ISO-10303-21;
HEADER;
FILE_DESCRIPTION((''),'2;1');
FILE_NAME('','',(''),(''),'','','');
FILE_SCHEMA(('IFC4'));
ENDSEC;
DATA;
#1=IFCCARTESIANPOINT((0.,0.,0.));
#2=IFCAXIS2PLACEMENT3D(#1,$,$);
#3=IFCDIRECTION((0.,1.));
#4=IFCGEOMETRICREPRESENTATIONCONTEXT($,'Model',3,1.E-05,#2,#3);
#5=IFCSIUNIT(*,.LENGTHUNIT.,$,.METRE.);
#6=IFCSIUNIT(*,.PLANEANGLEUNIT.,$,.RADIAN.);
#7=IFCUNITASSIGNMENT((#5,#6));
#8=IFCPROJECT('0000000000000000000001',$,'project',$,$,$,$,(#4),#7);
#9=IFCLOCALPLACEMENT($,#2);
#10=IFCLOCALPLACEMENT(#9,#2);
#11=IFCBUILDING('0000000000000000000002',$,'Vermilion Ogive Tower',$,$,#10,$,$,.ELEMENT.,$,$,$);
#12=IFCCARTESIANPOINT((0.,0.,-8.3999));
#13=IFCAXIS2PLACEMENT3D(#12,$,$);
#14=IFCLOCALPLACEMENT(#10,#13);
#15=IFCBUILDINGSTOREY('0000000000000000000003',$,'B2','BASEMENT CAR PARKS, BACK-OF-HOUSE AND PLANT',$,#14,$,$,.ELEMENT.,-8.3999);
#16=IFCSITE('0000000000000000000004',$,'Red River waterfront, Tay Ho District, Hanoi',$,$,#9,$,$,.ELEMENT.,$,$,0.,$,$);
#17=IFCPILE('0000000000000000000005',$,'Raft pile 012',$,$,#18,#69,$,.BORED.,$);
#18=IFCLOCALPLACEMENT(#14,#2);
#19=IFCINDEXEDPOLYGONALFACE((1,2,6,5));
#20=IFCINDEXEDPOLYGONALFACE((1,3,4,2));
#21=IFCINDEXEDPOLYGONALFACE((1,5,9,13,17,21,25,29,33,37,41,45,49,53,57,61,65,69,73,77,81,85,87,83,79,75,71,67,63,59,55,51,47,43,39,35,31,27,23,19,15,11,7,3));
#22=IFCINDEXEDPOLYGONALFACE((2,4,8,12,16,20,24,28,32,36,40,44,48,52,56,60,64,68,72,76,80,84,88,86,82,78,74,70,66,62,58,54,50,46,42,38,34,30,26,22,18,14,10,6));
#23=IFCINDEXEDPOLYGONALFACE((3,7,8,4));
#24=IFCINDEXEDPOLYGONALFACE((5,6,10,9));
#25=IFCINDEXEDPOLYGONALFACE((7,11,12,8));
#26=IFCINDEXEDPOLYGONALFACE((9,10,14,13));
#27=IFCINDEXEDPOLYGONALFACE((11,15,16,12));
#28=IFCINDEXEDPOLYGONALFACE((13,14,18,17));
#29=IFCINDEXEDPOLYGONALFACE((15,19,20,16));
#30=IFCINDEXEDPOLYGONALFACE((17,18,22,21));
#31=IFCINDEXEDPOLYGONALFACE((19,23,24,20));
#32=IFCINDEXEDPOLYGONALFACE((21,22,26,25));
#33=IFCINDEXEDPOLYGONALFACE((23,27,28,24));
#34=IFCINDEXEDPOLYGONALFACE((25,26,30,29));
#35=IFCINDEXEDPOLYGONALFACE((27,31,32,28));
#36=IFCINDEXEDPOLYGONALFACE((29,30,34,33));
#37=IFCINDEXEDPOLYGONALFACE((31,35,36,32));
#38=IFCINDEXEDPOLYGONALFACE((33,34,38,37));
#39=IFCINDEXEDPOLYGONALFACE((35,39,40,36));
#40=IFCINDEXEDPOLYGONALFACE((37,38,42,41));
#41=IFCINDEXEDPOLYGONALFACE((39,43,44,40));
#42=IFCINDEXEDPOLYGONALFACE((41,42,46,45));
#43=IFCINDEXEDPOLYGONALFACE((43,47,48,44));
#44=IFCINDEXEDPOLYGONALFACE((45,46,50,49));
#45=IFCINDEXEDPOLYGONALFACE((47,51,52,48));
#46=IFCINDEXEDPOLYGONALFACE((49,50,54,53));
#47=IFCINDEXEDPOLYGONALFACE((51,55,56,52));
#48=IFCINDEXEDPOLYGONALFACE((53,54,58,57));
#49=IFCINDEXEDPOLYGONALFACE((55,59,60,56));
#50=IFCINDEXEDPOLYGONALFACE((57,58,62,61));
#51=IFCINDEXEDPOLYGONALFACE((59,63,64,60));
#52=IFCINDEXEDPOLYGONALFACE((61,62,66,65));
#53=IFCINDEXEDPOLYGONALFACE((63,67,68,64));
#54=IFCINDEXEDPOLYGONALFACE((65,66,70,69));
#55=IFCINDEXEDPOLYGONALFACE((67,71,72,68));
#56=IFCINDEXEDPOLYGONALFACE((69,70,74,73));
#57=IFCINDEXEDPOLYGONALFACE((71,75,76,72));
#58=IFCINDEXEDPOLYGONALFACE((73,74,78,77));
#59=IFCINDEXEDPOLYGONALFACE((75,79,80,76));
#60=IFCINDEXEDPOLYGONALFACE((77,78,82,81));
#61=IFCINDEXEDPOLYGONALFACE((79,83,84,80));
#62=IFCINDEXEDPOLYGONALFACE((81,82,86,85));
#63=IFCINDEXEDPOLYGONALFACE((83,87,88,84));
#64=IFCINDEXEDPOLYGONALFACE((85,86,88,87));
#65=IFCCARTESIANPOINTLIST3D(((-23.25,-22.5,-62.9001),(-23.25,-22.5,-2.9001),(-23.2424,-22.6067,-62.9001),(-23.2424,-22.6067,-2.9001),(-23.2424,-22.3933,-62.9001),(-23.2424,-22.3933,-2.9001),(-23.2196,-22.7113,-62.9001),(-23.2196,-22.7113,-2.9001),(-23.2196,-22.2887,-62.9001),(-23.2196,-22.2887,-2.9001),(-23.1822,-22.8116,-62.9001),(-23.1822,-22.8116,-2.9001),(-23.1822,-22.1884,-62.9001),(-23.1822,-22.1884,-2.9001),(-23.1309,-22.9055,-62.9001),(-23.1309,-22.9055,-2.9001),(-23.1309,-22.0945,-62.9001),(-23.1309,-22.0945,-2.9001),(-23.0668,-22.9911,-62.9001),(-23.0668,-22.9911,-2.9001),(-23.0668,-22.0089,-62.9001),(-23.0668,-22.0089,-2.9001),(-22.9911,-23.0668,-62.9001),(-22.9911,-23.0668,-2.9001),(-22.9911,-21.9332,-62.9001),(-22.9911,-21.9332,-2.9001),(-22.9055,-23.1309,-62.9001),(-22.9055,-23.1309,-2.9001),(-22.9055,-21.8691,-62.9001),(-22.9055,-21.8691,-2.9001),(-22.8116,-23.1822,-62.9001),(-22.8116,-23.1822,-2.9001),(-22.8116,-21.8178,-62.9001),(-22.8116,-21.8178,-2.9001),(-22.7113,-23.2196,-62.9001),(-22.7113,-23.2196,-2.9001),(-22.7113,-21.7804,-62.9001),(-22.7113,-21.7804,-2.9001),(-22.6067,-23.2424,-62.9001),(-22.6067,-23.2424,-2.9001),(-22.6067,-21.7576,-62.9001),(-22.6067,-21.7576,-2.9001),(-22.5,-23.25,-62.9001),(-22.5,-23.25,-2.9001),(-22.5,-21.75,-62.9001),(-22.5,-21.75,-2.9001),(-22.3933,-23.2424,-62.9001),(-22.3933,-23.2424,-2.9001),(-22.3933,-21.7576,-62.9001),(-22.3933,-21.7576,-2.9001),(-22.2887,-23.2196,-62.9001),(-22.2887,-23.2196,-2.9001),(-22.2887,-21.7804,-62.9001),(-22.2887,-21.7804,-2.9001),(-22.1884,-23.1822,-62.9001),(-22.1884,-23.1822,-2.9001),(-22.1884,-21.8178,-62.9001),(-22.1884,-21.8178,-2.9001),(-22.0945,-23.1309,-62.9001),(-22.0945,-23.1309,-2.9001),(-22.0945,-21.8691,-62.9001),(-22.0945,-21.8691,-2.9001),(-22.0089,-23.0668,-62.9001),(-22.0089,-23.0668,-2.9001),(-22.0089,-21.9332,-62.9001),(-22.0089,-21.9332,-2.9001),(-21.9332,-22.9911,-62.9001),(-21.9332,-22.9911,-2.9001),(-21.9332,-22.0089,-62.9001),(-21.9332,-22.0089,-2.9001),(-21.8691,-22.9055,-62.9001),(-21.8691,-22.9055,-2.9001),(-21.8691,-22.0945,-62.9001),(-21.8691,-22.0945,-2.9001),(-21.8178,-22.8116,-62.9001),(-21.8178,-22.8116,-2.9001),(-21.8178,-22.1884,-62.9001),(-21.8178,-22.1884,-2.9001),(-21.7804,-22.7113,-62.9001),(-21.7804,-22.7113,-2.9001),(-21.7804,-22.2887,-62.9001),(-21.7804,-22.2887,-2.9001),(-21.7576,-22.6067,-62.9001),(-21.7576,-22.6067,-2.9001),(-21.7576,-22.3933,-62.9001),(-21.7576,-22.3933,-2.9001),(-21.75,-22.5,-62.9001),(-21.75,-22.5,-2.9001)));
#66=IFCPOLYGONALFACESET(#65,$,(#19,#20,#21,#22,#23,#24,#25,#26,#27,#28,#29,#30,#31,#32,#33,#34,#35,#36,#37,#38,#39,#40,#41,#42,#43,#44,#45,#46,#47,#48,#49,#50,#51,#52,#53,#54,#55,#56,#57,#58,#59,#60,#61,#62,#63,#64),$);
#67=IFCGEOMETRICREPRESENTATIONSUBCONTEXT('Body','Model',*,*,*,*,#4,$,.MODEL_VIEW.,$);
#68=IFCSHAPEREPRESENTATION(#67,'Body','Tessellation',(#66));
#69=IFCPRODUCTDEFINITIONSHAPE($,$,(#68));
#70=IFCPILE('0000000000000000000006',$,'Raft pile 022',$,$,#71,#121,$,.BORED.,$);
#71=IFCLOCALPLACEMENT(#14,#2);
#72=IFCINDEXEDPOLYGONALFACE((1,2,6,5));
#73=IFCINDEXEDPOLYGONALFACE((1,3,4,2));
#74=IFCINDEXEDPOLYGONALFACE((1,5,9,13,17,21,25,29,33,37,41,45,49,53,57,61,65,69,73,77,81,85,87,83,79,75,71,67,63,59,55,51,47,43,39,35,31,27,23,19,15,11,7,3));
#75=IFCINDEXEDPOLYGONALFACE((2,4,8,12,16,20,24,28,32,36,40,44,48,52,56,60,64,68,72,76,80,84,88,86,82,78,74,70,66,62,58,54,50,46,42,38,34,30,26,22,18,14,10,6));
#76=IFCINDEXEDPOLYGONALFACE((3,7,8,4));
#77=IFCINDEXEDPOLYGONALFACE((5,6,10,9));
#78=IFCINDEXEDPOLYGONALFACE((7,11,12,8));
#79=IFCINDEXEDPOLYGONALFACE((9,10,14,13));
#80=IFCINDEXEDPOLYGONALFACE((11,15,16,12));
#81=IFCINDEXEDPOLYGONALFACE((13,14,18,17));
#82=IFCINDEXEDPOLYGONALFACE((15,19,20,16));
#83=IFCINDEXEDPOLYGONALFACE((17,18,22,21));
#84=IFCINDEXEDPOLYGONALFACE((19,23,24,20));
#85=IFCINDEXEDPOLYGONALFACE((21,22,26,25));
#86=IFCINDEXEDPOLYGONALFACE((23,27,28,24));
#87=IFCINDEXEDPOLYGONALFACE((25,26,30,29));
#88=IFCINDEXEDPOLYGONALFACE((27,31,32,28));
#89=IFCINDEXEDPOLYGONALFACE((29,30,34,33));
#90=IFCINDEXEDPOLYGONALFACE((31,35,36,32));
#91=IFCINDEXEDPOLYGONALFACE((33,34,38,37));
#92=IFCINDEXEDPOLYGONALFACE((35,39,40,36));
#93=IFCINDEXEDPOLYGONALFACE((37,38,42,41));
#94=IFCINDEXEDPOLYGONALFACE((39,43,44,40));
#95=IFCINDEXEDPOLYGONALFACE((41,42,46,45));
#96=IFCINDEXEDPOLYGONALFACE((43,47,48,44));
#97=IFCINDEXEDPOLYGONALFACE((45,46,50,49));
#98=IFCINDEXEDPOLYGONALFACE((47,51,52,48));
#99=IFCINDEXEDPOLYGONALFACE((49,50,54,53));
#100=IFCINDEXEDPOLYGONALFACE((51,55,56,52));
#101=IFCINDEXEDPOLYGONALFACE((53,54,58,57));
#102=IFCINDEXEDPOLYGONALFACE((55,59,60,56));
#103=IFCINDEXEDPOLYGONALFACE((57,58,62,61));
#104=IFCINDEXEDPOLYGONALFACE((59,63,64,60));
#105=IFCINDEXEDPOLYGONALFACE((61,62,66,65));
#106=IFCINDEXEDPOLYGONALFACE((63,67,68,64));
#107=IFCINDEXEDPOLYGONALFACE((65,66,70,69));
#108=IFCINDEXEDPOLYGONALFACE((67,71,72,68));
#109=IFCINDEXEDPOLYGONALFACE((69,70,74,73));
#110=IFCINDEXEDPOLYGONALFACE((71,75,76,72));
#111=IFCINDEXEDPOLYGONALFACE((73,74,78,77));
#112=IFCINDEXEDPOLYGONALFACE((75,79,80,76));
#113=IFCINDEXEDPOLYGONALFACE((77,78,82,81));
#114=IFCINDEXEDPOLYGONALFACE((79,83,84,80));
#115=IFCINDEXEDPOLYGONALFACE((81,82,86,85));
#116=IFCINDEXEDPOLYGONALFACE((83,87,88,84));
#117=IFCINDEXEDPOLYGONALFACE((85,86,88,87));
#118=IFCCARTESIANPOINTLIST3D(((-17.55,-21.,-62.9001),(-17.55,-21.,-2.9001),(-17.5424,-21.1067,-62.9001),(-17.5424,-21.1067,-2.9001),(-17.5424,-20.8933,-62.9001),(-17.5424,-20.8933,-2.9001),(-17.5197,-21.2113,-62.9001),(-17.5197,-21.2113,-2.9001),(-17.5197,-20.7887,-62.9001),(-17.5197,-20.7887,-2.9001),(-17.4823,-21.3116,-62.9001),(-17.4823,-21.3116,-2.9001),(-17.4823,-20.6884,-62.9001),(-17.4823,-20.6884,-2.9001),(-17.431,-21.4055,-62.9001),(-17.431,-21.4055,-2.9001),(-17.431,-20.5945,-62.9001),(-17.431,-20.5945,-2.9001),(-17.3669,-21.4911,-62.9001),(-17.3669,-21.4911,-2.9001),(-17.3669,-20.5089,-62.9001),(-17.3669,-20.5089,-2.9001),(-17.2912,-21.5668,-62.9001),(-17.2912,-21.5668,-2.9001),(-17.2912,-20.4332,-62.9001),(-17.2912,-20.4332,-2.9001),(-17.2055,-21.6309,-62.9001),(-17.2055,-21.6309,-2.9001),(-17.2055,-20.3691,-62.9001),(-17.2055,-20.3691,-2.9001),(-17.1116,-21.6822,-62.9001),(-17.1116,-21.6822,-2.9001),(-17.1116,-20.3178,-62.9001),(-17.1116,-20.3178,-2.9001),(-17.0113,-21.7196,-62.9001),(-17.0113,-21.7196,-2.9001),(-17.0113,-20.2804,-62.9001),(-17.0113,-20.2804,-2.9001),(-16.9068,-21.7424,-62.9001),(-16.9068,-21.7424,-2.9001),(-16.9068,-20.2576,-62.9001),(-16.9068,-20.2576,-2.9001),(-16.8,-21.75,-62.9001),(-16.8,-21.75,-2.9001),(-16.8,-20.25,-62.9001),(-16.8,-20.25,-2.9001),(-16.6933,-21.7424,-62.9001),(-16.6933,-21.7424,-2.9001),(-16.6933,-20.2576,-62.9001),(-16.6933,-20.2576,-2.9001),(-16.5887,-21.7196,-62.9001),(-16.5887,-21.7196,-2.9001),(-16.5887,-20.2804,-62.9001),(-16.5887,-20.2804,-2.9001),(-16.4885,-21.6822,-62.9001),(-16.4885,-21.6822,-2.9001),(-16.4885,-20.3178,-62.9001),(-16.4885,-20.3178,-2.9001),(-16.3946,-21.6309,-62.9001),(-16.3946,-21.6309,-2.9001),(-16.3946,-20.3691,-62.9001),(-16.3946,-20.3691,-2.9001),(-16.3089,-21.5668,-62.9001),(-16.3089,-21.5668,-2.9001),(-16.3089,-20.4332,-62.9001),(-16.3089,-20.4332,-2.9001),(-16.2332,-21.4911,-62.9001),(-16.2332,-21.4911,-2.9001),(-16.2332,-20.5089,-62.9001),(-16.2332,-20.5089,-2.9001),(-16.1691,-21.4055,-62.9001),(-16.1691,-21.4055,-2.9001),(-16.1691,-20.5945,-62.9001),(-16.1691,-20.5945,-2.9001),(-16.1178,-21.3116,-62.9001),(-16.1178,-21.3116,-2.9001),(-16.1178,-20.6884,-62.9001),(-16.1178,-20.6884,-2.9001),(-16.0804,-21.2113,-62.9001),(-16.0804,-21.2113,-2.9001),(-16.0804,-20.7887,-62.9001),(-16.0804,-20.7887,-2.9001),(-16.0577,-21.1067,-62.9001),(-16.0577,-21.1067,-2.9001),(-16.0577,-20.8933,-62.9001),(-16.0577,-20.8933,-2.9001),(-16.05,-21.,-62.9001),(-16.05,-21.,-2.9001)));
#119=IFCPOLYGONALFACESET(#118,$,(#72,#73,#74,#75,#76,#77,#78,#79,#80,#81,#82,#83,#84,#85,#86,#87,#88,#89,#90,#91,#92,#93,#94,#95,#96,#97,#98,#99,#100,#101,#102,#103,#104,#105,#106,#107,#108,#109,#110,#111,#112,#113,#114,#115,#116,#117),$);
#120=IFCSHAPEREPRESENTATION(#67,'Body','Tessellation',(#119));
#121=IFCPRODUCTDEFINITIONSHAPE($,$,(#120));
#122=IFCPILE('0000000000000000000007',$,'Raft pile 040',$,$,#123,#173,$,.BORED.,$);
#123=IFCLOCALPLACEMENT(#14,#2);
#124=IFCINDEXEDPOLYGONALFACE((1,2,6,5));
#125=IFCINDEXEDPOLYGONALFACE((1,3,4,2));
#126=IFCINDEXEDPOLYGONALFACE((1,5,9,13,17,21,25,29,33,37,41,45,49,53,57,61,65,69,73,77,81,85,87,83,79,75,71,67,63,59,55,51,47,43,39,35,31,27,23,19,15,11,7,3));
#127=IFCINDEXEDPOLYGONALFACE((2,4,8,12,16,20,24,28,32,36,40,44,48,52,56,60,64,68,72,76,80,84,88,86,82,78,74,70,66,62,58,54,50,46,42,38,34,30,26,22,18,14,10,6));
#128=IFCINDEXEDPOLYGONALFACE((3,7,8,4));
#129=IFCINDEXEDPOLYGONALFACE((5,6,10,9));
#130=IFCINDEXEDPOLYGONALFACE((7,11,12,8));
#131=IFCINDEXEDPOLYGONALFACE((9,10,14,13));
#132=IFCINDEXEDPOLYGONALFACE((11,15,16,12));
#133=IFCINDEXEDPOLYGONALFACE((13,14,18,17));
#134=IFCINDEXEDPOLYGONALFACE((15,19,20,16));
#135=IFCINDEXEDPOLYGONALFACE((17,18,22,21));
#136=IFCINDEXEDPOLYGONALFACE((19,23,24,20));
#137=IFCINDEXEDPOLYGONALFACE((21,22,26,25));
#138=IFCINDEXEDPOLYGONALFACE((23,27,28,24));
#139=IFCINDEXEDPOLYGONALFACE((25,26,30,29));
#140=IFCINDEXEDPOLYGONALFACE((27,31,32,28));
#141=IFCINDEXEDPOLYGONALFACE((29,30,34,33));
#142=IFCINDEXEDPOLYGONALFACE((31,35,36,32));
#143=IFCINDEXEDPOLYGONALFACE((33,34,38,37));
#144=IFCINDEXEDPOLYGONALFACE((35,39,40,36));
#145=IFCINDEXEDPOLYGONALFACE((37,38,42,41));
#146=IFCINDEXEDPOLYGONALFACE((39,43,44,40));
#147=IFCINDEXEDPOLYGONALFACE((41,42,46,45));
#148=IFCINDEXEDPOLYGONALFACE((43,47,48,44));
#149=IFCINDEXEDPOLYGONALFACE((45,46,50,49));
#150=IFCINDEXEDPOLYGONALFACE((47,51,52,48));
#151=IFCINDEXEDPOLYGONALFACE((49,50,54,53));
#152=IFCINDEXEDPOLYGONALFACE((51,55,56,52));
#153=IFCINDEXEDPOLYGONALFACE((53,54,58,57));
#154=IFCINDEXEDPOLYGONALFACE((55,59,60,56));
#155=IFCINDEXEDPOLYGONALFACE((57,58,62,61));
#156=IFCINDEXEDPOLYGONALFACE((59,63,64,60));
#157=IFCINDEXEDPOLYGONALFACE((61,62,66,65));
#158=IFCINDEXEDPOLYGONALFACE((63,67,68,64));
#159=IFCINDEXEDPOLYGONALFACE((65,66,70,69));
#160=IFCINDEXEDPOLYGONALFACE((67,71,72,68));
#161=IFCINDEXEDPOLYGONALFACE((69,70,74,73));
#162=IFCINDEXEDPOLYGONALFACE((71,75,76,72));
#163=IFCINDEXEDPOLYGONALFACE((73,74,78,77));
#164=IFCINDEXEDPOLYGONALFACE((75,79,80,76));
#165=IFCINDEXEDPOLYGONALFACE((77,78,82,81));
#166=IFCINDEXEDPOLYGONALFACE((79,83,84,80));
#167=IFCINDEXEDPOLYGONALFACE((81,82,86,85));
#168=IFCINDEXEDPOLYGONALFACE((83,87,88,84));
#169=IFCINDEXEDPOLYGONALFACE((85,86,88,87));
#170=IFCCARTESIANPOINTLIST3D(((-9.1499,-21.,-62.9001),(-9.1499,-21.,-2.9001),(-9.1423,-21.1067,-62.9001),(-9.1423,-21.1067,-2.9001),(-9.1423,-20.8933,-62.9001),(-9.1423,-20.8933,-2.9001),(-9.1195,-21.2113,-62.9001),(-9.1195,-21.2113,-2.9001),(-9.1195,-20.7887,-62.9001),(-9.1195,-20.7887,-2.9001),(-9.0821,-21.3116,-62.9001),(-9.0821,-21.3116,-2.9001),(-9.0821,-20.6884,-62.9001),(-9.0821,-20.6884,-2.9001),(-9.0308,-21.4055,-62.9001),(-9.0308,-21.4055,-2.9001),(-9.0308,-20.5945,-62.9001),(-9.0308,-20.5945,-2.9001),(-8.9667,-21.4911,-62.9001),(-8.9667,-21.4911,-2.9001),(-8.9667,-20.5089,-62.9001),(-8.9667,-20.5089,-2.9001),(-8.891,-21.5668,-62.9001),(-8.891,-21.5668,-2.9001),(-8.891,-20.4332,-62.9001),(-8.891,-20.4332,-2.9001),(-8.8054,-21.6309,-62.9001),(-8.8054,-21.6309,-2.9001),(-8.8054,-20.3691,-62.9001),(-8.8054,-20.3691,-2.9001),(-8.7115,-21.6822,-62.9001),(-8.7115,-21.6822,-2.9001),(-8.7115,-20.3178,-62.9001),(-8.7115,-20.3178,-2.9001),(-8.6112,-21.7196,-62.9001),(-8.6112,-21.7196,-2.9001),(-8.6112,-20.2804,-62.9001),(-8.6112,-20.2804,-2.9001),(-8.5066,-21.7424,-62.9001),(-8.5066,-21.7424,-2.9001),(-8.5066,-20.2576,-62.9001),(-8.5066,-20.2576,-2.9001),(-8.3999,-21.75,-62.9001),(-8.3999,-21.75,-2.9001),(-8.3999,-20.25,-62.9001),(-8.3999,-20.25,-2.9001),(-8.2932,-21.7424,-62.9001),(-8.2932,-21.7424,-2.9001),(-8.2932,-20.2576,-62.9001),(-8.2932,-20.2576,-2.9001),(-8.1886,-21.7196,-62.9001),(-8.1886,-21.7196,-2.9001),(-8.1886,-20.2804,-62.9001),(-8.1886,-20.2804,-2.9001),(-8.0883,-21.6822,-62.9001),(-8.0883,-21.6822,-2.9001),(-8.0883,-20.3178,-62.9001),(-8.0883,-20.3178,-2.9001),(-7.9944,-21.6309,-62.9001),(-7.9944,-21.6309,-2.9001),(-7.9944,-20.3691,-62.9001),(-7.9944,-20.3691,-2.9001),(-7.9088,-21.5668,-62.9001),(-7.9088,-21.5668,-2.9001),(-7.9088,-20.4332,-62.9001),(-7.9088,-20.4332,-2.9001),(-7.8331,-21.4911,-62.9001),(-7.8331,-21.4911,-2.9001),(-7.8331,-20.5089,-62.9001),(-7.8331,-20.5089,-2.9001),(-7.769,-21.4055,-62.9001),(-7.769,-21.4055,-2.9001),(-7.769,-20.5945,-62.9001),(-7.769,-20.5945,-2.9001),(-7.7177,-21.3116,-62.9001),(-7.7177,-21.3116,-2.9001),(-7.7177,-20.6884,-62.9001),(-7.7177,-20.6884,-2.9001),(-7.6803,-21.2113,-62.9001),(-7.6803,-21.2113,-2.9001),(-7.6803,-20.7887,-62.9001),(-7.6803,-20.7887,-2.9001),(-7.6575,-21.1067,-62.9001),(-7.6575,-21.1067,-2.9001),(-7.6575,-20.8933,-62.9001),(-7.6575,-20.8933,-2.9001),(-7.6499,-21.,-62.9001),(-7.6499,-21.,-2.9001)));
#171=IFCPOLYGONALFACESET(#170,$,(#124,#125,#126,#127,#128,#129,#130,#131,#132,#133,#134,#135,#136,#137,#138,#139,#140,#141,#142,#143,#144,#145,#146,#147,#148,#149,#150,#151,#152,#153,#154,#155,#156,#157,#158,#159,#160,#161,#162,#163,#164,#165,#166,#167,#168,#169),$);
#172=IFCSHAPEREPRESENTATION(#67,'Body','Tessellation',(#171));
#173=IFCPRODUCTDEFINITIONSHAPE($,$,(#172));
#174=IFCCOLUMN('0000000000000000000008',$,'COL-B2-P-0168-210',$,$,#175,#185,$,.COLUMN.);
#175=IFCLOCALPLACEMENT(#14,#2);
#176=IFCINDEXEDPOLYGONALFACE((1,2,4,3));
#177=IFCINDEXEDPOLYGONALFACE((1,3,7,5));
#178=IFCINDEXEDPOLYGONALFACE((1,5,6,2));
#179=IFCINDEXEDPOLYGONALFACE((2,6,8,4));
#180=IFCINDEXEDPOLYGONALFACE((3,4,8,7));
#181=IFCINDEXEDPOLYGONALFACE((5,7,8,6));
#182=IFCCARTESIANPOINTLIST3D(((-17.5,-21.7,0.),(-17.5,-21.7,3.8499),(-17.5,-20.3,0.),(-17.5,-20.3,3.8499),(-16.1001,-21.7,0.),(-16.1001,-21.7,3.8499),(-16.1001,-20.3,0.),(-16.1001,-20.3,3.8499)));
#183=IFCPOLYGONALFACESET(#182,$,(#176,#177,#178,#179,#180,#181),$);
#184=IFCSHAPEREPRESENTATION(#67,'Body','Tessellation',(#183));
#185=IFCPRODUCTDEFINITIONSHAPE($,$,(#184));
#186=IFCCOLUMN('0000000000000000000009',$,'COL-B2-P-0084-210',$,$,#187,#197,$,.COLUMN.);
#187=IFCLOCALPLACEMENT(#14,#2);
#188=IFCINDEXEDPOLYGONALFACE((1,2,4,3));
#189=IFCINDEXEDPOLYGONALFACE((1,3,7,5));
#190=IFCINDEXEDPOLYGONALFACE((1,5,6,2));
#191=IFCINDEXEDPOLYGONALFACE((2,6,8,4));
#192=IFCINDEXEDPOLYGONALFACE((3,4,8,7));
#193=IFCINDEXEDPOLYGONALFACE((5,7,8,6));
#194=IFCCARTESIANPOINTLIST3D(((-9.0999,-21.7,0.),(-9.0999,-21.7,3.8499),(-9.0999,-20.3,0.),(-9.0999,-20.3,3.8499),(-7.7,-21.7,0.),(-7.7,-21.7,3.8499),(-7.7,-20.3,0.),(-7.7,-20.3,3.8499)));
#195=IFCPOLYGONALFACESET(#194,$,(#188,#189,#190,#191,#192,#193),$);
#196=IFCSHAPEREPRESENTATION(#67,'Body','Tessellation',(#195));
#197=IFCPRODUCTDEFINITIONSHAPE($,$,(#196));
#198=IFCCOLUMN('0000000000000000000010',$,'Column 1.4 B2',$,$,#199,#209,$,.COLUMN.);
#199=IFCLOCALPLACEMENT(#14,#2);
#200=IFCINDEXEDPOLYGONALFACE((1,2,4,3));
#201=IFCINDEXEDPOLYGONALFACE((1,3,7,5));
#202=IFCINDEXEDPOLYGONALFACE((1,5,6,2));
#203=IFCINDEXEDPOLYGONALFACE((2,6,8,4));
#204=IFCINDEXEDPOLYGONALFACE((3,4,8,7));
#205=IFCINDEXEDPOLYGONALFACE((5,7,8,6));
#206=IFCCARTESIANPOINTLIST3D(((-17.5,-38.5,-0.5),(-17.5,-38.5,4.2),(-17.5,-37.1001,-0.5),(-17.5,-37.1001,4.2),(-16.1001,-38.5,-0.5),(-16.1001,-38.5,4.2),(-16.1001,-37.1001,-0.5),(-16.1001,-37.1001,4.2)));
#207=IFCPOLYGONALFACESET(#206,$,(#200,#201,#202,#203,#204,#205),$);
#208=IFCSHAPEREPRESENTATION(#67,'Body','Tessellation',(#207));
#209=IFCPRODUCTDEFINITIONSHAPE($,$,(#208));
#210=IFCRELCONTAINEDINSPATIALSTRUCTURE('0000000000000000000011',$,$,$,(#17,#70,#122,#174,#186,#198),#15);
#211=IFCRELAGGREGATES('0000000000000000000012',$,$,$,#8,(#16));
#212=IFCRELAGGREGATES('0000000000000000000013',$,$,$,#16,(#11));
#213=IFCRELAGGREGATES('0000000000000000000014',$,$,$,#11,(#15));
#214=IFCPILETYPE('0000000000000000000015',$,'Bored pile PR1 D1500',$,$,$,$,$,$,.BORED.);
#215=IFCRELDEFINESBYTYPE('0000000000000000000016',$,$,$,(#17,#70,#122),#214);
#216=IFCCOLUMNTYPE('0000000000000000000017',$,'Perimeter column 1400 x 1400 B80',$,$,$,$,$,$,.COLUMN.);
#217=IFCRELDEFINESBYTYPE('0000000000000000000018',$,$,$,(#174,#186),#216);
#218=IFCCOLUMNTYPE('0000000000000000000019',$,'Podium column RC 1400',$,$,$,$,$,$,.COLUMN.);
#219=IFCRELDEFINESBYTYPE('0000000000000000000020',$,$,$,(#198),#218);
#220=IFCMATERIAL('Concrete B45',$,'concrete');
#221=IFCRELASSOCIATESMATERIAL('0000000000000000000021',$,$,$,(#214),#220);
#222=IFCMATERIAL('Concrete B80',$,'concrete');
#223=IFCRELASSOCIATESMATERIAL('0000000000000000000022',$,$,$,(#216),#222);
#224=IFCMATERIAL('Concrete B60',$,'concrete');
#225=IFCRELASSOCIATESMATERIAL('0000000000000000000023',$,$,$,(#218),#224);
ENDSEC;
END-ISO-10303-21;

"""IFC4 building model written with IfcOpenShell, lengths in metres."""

from ifc_helpers import new_model, si_unit, direction, frame, origin, origin_2d, place, context, subcontext, project, spatial, rectangle, circle, extrude, material, material_profile, profile_set, type_object, element, save


model = new_model("IFC4")

# Units and contexts
model_context = context("Model", 3, precision=1e-05, world=origin(), true_north=direction((0.0, 1.0)))
body_context = subcontext(model_context, "Body", "Model", "MODEL_VIEW")
ifc_project = project(units=[si_unit("LENGTHUNIT", "METRE"), si_unit("PLANEANGLEUNIT", "RADIAN")], contexts=[model_context])

# Site, building, storey
site_placement = place(None, origin())
site = spatial("IfcSite", under=ifc_project, at=site_placement, Name="Red River waterfront, Tay Ho District, Hanoi", CompositionType="ELEMENT", RefElevation=0.0)
building_placement = place(site_placement, origin())
building = spatial("IfcBuilding", under=site, at=building_placement, Name="Vermilion Ogive Tower", CompositionType="ELEMENT")
storey_placement = place(building_placement, frame((0.0, 0.0, -8.3999)))
storey = spatial("IfcBuildingStorey", under=building, at=storey_placement, Name="B2", Description="BASEMENT CAR PARKS, BACK-OF-HOUSE AND PLANT", CompositionType="ELEMENT", Elevation=-8.3999)

# Piles
ifc_material_1 = material(Name="Concrete B45", Category="concrete")
pile_type_1 = type_object("IfcPileType", Name="Bored pile PR1 D1500", PredefinedType="BORED", material=ifc_material_1)
for number, where, z_axis, x_axis, name in (
    (1, (-22.5, -22.5, -2.9001), (0.0, 0.0, -1.0), (1.0, 0.0, 0.0), "Raft pile 012"),
    (2, (-16.8, -21.0, -2.9001), (0.0, 0.0, -1.0), (1.0, 0.0, 0.0), "Raft pile 022"),
    (3, (-8.3999, -21.0, -2.9001), (0.0, 0.0, -1.0), (1.0, 0.0, 0.0), "Raft pile 040"),
):
    element("IfcPile", number, at=place(storey_placement, frame(where, z_axis=z_axis, x_axis=x_axis)), inside=storey, type_object=pile_type_1, Name=name, PredefinedType="BORED", context=body_context, shape_type="SweptSolid", body=[
        extrude(circle(Radius=0.75, at=origin_2d()), origin(), (0.0, 0.0, 1.0), 60.0),
    ])

# Columns
ifc_material_2 = material(Name="Concrete B80", Category="concrete")
ifc_material_profile_1 = material_profile(ifc_material_2, rectangle(XDim=1.3999, YDim=1.3999, at=origin_2d()), Name="1400 x 1400")
ifc_profile_set_1 = profile_set([ifc_material_profile_1], Name="Concrete B80")
column_type_1 = type_object("IfcColumnType", Name="Perimeter column 1400 x 1400 B80", PredefinedType="COLUMN", material=ifc_profile_set_1)
for number, where, z_axis, x_axis, name in (
    (4, (-16.8, -21.0, 0.0), (0.0, 0.0, 1.0), (1.0, 0.0, 0.0), "COL-B2-P-0168-210"),
    (5, (-8.3999, -21.0, 0.0), (0.0, 0.0, 1.0), (1.0, 0.0, 0.0), "COL-B2-P-0084-210"),
):
    element("IfcColumn", number, at=place(storey_placement, frame(where, z_axis=z_axis, x_axis=x_axis)), inside=storey, type_object=column_type_1, Name=name, PredefinedType="COLUMN", context=body_context, shape_type="SweptSolid", body=[
        extrude(rectangle(XDim=1.3999, YDim=1.3999, at=origin_2d()), origin(), (0.0, 0.0, 1.0), 3.8499),
    ])
ifc_material_3 = material(Name="Concrete B60", Category="concrete")
ifc_material_profile_2 = material_profile(ifc_material_3, rectangle(XDim=1.3999, YDim=1.3999, at=origin_2d()), Name="RC 1400x1400")
ifc_profile_set_2 = profile_set([ifc_material_profile_2], Name="Concrete B60")
column_type_2 = type_object("IfcColumnType", Name="Podium column RC 1400", PredefinedType="COLUMN", material=ifc_profile_set_2)
for number, where, z_axis, x_axis, name in (
    (6, (-16.8, -37.8, -0.5), (0.0, 0.0, 1.0), (1.0, 0.0, 0.0), "Column 1.4 B2"),
):
    element("IfcColumn", number, at=place(storey_placement, frame(where, z_axis=z_axis, x_axis=x_axis)), inside=storey, type_object=column_type_2, Name=name, PredefinedType="COLUMN", context=body_context, shape_type="SweptSolid", body=[
        extrude(rectangle(XDim=1.3999, YDim=1.3999, at=origin_2d()), origin(), (0.0, 0.0, 1.0), 4.7),
    ])

save(model, "model.ifc")
